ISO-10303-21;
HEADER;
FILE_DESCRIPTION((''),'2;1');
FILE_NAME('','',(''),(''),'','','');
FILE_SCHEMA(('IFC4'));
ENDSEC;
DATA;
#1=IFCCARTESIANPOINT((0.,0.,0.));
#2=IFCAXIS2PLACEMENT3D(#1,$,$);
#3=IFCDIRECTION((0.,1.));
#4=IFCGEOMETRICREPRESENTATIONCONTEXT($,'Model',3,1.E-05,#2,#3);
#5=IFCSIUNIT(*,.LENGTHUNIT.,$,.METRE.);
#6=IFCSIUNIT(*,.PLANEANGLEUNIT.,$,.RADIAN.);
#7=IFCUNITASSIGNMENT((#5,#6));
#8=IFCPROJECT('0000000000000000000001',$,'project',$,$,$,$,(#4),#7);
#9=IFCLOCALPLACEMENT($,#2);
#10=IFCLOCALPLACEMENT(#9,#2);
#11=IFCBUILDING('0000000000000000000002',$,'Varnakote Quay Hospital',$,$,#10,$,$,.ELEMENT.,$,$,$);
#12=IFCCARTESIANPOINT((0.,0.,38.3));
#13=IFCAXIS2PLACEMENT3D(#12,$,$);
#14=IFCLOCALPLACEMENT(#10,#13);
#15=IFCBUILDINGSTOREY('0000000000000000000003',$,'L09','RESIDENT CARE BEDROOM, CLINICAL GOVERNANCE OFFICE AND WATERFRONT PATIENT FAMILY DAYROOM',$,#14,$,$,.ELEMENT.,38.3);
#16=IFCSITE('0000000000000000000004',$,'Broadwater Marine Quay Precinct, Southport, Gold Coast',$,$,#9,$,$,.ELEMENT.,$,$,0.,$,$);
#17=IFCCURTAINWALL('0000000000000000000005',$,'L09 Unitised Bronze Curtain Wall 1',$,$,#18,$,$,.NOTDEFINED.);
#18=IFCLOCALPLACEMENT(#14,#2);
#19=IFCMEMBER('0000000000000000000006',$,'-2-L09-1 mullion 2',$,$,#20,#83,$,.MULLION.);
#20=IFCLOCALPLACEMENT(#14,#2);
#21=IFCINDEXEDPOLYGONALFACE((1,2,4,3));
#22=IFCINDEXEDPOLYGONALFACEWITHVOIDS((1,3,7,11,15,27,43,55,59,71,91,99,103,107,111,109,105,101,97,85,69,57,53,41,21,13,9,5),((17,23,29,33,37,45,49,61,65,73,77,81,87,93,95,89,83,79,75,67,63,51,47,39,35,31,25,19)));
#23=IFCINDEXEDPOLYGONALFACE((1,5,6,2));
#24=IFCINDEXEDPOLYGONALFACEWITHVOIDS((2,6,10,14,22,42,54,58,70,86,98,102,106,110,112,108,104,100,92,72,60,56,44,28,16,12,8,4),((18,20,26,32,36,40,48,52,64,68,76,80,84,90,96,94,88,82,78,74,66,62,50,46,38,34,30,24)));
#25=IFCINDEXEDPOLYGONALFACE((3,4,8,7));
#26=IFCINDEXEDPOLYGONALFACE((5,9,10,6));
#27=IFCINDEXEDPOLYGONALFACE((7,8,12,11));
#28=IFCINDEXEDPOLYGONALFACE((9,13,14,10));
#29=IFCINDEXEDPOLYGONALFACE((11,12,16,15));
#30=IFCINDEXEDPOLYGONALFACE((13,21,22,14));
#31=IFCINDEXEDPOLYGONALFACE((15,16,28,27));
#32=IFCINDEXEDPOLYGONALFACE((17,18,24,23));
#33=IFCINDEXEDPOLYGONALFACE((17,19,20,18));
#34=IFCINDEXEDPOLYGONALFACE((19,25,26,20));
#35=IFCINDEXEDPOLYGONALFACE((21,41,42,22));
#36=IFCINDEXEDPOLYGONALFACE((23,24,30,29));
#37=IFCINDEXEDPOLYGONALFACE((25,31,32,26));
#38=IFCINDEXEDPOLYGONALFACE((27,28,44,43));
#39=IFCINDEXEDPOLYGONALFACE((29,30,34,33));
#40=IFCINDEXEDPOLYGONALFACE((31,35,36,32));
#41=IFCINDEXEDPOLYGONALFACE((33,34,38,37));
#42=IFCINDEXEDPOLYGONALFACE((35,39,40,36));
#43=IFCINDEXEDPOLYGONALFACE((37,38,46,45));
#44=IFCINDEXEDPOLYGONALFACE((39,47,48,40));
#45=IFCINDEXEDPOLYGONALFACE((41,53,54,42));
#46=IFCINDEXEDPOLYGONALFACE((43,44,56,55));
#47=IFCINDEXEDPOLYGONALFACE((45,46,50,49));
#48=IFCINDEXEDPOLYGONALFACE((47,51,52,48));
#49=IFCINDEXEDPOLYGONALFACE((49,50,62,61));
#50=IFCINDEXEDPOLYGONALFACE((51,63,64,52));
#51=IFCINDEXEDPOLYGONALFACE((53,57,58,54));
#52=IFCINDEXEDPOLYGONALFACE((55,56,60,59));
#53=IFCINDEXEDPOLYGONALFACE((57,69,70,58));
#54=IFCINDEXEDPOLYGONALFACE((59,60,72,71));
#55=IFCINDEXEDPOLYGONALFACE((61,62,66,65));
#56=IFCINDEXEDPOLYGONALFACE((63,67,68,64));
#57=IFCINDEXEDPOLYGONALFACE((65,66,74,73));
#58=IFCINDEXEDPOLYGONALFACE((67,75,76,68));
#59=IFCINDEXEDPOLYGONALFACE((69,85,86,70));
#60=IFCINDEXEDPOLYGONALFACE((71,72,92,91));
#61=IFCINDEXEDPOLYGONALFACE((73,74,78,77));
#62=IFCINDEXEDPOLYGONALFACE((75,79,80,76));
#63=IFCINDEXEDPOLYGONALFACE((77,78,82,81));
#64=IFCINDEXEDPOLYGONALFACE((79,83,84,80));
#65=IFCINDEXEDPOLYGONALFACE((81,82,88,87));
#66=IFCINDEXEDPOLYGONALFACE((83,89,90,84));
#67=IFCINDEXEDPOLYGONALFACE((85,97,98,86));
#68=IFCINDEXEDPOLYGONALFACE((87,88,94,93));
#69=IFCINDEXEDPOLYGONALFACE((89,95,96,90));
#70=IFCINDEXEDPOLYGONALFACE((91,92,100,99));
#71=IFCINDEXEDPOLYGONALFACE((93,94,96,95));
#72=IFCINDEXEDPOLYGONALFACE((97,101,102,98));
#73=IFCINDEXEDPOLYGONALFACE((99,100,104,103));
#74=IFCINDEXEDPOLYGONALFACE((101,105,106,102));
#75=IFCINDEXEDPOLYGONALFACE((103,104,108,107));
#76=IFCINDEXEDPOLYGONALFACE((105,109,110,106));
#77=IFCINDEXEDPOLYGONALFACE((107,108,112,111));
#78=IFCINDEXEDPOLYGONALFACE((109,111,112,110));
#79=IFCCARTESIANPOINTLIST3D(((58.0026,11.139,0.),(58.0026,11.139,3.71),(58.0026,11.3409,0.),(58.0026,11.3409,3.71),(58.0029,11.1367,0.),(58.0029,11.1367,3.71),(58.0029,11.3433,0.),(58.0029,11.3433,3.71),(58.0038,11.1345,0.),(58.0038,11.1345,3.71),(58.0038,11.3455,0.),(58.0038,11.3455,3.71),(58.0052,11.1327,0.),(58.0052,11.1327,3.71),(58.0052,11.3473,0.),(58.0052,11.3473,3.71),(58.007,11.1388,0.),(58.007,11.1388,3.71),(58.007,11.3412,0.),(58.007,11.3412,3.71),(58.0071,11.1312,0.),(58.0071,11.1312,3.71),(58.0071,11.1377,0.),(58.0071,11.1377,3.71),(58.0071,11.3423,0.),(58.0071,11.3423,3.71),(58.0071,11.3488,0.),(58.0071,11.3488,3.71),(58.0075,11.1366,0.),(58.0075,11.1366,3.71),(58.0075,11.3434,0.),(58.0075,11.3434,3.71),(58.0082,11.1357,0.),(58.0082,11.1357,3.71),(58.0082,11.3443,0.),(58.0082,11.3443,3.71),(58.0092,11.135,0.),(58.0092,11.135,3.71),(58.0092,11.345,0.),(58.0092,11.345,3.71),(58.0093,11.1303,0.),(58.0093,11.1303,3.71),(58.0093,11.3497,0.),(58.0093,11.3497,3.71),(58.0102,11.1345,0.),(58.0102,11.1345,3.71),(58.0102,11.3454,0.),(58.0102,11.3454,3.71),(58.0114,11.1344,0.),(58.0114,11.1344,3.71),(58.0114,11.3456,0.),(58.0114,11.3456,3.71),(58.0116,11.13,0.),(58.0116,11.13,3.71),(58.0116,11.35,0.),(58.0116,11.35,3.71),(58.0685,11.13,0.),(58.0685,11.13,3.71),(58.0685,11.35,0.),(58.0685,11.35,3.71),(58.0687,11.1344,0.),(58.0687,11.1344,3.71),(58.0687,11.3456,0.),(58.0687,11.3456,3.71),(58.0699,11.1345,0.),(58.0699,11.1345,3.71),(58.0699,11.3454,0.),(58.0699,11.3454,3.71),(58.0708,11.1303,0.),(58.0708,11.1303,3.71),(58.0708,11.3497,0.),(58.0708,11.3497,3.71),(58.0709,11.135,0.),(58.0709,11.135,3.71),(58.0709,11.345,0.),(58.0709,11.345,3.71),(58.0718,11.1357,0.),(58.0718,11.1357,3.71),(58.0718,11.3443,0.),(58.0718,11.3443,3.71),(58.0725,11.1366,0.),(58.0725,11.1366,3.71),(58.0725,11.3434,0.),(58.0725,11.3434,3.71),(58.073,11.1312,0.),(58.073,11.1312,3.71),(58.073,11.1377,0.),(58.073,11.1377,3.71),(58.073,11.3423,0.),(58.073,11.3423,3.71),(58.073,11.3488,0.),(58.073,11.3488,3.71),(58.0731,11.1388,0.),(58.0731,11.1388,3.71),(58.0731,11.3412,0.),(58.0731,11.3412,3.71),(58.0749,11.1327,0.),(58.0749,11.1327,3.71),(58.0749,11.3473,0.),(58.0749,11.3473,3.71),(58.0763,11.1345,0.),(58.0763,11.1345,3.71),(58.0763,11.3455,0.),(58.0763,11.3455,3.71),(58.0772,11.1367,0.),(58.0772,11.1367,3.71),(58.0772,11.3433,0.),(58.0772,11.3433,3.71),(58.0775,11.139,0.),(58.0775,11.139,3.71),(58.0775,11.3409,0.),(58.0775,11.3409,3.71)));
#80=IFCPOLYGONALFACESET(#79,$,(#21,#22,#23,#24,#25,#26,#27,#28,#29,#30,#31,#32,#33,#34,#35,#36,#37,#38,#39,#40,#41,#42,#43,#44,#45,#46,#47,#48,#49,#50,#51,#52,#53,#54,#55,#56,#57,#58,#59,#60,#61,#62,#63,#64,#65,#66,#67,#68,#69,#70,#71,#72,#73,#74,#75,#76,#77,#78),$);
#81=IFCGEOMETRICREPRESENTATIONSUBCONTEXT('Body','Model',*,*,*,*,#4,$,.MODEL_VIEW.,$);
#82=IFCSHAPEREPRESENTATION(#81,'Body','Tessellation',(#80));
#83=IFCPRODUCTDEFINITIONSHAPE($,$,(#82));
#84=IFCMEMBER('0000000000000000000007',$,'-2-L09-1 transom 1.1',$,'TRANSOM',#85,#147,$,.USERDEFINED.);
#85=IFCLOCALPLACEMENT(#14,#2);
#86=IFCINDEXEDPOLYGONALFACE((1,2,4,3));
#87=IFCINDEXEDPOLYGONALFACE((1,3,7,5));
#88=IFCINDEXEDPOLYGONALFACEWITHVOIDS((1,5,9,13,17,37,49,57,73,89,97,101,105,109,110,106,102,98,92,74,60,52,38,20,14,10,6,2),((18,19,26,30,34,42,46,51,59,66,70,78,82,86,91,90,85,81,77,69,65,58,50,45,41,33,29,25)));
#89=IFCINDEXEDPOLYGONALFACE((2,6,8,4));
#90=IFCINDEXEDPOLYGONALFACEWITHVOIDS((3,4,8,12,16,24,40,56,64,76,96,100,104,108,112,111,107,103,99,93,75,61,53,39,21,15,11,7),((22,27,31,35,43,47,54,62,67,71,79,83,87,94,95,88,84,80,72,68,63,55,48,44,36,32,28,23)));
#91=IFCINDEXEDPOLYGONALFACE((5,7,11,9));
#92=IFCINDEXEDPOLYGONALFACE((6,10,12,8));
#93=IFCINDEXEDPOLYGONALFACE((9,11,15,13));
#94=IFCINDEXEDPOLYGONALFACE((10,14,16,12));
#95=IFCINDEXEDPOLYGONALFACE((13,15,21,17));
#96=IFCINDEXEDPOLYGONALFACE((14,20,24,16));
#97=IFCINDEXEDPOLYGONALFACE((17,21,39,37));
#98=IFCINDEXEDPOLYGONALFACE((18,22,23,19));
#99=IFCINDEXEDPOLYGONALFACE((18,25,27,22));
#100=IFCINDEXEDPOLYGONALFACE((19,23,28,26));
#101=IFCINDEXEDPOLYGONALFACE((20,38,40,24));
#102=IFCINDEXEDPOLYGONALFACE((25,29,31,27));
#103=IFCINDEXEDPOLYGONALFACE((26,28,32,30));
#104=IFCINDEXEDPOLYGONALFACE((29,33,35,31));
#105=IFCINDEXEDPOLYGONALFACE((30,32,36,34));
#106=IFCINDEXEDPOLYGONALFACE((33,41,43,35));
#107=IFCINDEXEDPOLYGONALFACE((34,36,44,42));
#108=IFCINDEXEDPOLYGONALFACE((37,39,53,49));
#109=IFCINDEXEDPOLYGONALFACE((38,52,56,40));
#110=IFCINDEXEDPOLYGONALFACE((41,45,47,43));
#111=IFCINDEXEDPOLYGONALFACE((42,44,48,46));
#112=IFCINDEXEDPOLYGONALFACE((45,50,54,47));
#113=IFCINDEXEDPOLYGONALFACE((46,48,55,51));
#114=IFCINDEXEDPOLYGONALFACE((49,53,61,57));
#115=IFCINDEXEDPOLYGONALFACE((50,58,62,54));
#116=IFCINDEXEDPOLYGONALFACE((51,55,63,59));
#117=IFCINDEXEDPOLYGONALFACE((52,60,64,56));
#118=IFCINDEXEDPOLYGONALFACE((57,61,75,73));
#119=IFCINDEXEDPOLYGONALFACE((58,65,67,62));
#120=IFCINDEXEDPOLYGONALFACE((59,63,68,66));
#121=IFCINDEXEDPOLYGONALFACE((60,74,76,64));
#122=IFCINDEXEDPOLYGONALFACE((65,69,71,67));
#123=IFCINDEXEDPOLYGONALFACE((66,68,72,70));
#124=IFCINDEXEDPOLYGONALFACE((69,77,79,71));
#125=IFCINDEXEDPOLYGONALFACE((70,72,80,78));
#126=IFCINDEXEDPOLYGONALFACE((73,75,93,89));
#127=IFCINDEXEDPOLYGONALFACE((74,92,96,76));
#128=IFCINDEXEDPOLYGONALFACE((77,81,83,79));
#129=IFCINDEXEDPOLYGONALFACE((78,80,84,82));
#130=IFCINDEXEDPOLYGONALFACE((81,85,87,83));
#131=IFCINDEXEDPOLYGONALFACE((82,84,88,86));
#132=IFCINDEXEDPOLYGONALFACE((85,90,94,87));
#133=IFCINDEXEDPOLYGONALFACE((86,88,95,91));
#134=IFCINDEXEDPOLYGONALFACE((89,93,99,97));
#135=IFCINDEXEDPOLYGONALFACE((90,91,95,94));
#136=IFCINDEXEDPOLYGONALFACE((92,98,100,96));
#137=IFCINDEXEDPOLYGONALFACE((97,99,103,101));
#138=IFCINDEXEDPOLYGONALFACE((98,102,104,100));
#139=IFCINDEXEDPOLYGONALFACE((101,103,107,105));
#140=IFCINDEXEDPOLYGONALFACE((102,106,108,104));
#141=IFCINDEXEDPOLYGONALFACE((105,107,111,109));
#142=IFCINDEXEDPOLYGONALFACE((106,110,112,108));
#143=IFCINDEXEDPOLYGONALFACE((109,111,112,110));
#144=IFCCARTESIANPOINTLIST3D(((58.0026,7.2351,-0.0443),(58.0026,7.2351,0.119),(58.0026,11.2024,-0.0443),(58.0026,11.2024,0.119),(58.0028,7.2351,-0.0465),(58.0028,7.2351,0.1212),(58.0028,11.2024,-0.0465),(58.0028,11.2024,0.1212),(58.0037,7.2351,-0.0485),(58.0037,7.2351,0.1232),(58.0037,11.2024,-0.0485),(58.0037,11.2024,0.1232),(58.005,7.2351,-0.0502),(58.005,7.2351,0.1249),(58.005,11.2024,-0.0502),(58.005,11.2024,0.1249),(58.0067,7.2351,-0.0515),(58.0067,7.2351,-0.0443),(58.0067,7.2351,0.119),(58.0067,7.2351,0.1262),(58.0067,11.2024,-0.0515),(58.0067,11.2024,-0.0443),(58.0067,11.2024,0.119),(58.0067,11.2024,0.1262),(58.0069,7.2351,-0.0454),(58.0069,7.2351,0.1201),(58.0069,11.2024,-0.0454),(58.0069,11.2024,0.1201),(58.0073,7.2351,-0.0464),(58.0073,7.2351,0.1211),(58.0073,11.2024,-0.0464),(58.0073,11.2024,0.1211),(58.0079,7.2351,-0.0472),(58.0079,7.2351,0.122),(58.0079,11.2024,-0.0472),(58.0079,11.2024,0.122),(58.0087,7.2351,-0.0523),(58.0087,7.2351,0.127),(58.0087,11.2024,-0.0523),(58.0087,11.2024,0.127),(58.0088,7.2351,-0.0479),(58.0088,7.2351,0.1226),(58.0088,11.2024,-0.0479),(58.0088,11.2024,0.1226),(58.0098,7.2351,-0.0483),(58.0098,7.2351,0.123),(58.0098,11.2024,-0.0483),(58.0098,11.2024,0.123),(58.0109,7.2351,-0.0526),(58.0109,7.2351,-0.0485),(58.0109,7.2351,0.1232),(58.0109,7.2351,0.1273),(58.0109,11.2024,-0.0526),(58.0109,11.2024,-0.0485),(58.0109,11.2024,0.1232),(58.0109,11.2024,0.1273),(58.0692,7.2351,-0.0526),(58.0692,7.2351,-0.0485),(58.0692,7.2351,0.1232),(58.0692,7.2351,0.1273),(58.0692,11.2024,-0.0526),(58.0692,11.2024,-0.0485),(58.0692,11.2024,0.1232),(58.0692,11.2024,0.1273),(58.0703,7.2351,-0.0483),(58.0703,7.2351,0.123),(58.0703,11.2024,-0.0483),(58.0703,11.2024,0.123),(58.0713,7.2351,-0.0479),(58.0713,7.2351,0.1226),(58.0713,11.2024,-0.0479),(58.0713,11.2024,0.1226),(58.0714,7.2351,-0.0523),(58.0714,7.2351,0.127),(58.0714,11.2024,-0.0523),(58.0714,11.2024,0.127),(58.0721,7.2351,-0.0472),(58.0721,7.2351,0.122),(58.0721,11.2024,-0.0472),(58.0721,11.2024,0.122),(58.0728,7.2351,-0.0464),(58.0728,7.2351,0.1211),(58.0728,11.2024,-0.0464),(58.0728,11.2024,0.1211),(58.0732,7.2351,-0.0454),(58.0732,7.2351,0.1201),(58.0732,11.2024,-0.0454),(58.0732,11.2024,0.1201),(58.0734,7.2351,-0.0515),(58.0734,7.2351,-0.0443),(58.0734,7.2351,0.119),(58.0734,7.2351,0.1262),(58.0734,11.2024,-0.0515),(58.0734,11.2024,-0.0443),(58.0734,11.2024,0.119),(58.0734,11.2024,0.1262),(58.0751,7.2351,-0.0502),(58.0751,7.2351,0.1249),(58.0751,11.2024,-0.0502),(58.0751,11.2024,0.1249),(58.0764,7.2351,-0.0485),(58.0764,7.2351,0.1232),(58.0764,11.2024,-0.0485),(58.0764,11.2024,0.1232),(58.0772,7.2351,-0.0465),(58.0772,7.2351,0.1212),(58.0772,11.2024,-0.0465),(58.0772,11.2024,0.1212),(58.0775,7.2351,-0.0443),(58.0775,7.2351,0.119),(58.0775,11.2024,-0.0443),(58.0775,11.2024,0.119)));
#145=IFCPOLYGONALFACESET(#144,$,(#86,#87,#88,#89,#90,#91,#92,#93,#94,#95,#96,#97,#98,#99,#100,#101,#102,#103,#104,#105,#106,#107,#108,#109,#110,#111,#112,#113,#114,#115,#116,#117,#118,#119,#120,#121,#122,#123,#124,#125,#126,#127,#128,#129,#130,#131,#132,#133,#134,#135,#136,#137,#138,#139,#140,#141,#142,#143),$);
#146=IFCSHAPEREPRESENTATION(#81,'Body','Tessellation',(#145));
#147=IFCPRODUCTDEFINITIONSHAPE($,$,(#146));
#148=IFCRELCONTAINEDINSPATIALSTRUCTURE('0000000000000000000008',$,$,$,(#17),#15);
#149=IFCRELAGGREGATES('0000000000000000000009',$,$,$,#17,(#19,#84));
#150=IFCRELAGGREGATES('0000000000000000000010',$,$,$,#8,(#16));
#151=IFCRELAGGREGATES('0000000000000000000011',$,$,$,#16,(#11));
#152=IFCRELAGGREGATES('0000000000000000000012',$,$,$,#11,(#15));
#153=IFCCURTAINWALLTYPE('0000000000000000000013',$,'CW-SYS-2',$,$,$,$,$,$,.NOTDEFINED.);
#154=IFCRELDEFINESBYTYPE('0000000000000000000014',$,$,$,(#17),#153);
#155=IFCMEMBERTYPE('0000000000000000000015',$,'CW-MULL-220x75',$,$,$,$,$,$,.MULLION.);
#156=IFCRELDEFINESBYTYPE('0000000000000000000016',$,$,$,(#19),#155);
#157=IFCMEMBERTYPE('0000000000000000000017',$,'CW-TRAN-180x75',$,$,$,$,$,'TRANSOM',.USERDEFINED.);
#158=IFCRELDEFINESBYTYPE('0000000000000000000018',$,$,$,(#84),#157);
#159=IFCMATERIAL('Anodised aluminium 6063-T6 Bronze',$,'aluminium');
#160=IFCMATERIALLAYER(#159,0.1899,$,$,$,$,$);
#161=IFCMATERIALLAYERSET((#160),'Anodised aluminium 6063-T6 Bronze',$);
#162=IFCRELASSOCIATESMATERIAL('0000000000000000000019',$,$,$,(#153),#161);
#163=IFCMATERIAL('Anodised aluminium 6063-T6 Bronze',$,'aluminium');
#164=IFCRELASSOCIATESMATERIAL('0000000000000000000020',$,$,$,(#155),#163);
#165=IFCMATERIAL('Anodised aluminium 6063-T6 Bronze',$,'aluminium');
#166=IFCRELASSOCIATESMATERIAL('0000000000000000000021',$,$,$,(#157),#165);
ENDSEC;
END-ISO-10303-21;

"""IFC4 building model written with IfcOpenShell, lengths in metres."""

from ifc_helpers import new_model, si_unit, direction, frame, origin, origin_2d, place, context, subcontext, project, spatial, hollow_rectangle, extrude, material, layer, layer_set, material_profile, profile_set, type_object, element, aggregate, save


model = new_model("IFC4")

# Units and contexts
model_context = context("Model", 3, precision=1e-05, world=origin(), true_north=direction((0.0, 1.0)))
body_context = subcontext(model_context, "Body", "Model", "MODEL_VIEW")
ifc_project = project(units=[si_unit("LENGTHUNIT", "METRE"), si_unit("PLANEANGLEUNIT", "RADIAN")], contexts=[model_context])

# Site, building, storey
site_placement = place(None, origin())
site = spatial("IfcSite", under=ifc_project, at=site_placement, Name="Broadwater Marine Quay Precinct, Southport, Gold Coast", CompositionType="ELEMENT", RefElevation=0.0)
building_placement = place(site_placement, origin())
building = spatial("IfcBuilding", under=site, at=building_placement, Name="Varnakote Quay Hospital", CompositionType="ELEMENT")
storey_placement = place(building_placement, frame((0.0, 0.0, 38.3)))
storey = spatial("IfcBuildingStorey", under=building, at=storey_placement, Name="L09", Description="RESIDENT CARE BEDROOM, CLINICAL GOVERNANCE OFFICE AND WATERFRONT PATIENT FAMILY DAYROOM", CompositionType="ELEMENT", Elevation=38.3)

# Curtain wall, members
ifc_material_1 = material(Name="Anodised aluminium 6063-T6 Bronze", Category="aluminium")
ifc_layer_1 = layer(ifc_material_1, 0.1899)
ifc_layer_set_1 = layer_set([ifc_layer_1], Name="Anodised aluminium 6063-T6 Bronze")
curtain_wall_type = type_object("IfcCurtainWallType", Name="CW-SYS-2", PredefinedType="NOTDEFINED", material=ifc_layer_set_1)
curtain_wall_placement = place(storey_placement, origin())
curtain_wall = element("IfcCurtainWall", 1, at=curtain_wall_placement, inside=storey, type_object=curtain_wall_type, Name="L09 Unitised Bronze Curtain Wall 1", PredefinedType="NOTDEFINED")
ifc_material_2 = material(Name="Anodised aluminium 6063-T6 Bronze", Category="aluminium")
ifc_material_profile_1 = material_profile(ifc_material_2, hollow_rectangle(XDim=0.075, YDim=0.22, WallThickness=0.0044, InnerFilletRadius=0.0044, OuterFilletRadius=0.009, at=origin_2d()), Name="CW-MULL-220x75")
ifc_profile_set_1 = profile_set([ifc_material_profile_1], Name="Anodised aluminium 6063-T6 Bronze")
member_type_1 = type_object("IfcMemberType", Name="CW-MULL-220x75", PredefinedType="MULLION", material=ifc_profile_set_1)
member_1_placement = place(storey_placement, frame((58.04, 11.24, 0.0), z_axis=(0.0, 0.0, 1.0), x_axis=(-1.0, 0.0, 0.0)))
member_1 = element("IfcMember", 2, at=member_1_placement, type_object=member_type_1, Name="-2-L09-1 mullion 2", PredefinedType="MULLION", context=body_context, shape_type="SweptSolid", body=[
    extrude(hollow_rectangle(XDim=0.075, YDim=0.22, WallThickness=0.0044, InnerFilletRadius=0.0044, OuterFilletRadius=0.009, at=origin_2d()), origin(), (0.0, 0.0, 1.0), 3.71),
])
ifc_material_3 = material(Name="Anodised aluminium 6063-T6 Bronze", Category="aluminium")
ifc_material_profile_2 = material_profile(ifc_material_3, hollow_rectangle(XDim=0.075, YDim=0.1799, WallThickness=0.0042, InnerFilletRadius=0.0042, OuterFilletRadius=0.0083, at=origin_2d()), Name="CW-TRAN-180x75")
ifc_profile_set_2 = profile_set([ifc_material_profile_2], Name="Anodised aluminium 6063-T6 Bronze")
member_type_2 = type_object("IfcMemberType", Name="CW-TRAN-180x75", ElementType="TRANSOM", PredefinedType="USERDEFINED", material=ifc_profile_set_2)
member_2_placement = place(storey_placement, frame((58.04, 7.2351, 0.0374), z_axis=(0.0, 1.0, 0.0), x_axis=(-1.0, 0.0, 0.0)))
member_2 = element("IfcMember", 3, at=member_2_placement, type_object=member_type_2, Name="-2-L09-1 transom 1.1", ObjectType="TRANSOM", PredefinedType="USERDEFINED", context=body_context, shape_type="SweptSolid", body=[
    extrude(hollow_rectangle(XDim=0.075, YDim=0.1799, WallThickness=0.0042, InnerFilletRadius=0.0042, OuterFilletRadius=0.0083, at=origin_2d()), origin(), (0.0, 0.0, 1.0), 3.9673),
])
aggregate(curtain_wall, [member_1, member_2])

save(model, "model.ifc")
